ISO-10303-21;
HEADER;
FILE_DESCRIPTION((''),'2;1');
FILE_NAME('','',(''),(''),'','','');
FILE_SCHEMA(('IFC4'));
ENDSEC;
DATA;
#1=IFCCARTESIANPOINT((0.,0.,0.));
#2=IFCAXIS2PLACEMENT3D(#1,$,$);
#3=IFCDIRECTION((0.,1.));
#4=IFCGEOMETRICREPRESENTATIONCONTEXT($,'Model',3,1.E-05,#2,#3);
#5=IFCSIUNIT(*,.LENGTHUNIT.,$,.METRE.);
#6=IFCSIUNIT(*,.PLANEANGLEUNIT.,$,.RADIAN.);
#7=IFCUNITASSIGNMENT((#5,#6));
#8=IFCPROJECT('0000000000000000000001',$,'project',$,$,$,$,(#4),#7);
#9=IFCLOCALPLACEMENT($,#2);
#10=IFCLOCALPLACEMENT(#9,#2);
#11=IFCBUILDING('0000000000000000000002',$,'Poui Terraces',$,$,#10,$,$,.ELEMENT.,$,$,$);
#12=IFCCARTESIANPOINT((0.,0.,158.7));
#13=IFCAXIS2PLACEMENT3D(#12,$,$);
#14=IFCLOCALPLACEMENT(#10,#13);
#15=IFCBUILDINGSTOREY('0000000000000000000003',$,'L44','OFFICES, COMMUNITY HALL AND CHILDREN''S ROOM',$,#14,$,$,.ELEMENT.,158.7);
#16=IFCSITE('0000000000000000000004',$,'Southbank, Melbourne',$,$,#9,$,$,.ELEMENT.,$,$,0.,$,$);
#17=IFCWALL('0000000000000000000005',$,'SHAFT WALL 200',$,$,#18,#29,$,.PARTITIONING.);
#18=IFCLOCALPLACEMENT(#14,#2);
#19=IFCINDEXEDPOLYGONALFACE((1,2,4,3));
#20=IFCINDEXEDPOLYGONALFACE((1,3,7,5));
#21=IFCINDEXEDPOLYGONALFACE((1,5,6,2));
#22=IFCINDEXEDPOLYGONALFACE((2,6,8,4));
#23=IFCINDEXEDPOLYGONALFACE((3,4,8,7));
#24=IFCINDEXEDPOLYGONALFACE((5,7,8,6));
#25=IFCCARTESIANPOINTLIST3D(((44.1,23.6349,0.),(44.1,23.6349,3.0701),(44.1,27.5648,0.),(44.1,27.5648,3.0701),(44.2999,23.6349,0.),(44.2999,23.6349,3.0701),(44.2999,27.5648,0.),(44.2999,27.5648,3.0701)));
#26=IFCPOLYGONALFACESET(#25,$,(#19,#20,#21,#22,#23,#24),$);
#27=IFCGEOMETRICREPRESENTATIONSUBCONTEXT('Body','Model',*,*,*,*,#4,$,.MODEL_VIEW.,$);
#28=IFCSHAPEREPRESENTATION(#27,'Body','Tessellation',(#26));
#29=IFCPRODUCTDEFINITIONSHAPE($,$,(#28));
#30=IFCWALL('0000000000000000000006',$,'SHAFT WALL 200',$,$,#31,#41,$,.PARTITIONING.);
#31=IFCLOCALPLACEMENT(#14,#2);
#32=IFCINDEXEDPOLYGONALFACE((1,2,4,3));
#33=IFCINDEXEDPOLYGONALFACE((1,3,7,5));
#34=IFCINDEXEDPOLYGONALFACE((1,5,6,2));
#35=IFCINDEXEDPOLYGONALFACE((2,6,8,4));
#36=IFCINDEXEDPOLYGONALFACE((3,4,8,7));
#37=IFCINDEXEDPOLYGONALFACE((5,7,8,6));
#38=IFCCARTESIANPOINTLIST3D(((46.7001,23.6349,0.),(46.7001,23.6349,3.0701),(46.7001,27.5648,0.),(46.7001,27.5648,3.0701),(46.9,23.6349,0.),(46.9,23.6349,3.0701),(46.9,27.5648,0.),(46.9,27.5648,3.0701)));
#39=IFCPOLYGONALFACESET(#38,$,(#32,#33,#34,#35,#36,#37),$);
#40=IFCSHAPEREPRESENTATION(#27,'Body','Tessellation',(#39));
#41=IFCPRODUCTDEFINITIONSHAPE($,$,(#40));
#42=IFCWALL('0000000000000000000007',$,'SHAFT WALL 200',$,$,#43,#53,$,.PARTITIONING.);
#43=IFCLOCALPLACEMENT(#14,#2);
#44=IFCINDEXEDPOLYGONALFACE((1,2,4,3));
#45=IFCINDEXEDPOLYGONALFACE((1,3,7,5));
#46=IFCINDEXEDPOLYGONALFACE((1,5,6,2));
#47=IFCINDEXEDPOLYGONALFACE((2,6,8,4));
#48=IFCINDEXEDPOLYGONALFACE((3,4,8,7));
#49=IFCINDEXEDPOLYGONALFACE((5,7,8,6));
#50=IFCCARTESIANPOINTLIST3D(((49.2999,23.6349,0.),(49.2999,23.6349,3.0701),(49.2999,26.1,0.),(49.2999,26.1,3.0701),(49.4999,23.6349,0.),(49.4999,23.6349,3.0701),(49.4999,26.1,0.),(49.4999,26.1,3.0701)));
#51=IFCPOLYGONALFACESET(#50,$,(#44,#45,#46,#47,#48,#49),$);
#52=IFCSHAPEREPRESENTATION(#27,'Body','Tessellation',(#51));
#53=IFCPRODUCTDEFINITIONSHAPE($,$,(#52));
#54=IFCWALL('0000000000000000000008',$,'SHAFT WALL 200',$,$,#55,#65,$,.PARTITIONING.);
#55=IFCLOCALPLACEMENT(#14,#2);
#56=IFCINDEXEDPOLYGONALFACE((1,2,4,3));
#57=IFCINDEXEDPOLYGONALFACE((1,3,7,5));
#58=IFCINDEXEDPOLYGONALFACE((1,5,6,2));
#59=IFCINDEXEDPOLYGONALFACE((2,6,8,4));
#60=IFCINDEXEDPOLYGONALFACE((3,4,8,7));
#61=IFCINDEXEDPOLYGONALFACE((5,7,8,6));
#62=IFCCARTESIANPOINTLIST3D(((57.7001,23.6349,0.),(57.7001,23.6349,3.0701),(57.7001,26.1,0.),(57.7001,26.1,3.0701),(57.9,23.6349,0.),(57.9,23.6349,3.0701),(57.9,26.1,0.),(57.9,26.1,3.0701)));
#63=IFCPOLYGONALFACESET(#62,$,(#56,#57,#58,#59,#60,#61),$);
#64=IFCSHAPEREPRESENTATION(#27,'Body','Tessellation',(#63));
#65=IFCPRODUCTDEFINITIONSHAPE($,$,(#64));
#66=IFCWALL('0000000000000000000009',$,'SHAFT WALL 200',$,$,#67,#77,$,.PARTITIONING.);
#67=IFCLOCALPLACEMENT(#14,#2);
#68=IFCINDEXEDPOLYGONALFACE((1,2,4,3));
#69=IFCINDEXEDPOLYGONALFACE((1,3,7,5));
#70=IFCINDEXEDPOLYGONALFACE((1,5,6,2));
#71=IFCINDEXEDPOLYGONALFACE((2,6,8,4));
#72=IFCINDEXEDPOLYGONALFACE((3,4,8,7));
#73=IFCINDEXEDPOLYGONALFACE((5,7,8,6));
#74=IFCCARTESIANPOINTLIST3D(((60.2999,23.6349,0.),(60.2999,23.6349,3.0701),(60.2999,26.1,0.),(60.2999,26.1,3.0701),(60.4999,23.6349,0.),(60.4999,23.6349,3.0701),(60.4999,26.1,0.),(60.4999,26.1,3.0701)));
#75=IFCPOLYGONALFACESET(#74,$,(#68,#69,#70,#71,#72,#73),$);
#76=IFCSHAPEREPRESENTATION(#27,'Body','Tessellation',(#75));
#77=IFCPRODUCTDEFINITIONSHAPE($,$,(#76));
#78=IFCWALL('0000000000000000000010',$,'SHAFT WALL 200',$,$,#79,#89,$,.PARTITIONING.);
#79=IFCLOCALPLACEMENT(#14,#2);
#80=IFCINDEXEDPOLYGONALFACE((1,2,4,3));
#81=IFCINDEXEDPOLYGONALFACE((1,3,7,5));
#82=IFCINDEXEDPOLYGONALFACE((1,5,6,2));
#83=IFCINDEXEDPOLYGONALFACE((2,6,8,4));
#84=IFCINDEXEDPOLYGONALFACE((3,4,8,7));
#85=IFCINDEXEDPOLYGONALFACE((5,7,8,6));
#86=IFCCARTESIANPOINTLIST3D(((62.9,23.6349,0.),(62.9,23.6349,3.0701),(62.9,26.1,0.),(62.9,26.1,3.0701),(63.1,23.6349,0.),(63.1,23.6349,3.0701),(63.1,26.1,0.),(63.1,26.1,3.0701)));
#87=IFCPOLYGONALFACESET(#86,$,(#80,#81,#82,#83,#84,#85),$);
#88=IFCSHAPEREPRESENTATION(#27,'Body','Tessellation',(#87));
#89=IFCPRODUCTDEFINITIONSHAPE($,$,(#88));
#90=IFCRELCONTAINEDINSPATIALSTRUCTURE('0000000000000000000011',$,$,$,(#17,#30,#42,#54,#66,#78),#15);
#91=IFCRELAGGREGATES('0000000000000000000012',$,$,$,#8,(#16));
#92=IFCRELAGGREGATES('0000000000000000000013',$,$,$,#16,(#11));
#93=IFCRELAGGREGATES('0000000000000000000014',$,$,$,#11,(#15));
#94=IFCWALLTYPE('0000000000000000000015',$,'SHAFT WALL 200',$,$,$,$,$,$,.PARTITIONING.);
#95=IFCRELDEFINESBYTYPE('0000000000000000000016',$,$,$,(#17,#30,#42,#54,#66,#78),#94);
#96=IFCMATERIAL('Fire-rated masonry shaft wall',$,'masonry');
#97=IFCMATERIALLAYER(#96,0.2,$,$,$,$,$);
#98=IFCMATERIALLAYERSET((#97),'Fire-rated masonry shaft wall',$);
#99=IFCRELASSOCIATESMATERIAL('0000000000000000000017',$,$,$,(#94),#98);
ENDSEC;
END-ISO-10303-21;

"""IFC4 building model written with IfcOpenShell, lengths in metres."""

from ifc_helpers import new_model, si_unit, direction, frame, frame_2d, origin, place, context, subcontext, project, spatial, rectangle, extrude, material, layer, layer_set, type_object, element, save


model = new_model("IFC4")

# Units and contexts
model_context = context("Model", 3, precision=1e-05, world=origin(), true_north=direction((0.0, 1.0)))
body_context = subcontext(model_context, "Body", "Model", "MODEL_VIEW")
ifc_project = project(units=[si_unit("LENGTHUNIT", "METRE"), si_unit("PLANEANGLEUNIT", "RADIAN")], contexts=[model_context])

# Site, building, storey
site_placement = place(None, origin())
site = spatial("IfcSite", under=ifc_project, at=site_placement, Name="Southbank, Melbourne", CompositionType="ELEMENT", RefElevation=0.0)
building_placement = place(site_placement, origin())
building = spatial("IfcBuilding", under=site, at=building_placement, Name="Poui Terraces", CompositionType="ELEMENT")
storey_placement = place(building_placement, frame((0.0, 0.0, 158.7)))
storey = spatial("IfcBuildingStorey", under=building, at=storey_placement, Name="L44", Description="OFFICES, COMMUNITY HALL AND CHILDREN'S ROOM", CompositionType="ELEMENT", Elevation=158.7)

# Walls
ifc_material_1 = material(Name="Fire-rated masonry shaft wall", Category="masonry")
ifc_layer_1 = layer(ifc_material_1, 0.2)
ifc_layer_set_1 = layer_set([ifc_layer_1], Name="Fire-rated masonry shaft wall")
wall_type_1 = type_object("IfcWallType", Name="SHAFT WALL 200", PredefinedType="PARTITIONING", material=ifc_layer_set_1)
for number, where, z_axis, x_axis, name in (
    (1, (44.2, 23.635, 0.0), (0.0, 0.0, 1.0), (0.0, 1.0, 0.0), "SHAFT WALL 200"),
    (2, (46.8, 23.635, 0.0), (0.0, 0.0, 1.0), (0.0, 1.0, 0.0), "SHAFT WALL 200"),
):
    element("IfcWall", number, at=place(storey_placement, frame(where, z_axis=z_axis, x_axis=x_axis)), inside=storey, type_object=wall_type_1, Name=name, PredefinedType="PARTITIONING", context=body_context, shape_type="SweptSolid", body=[
        extrude(rectangle(XDim=3.9299, YDim=0.2, at=frame_2d((1.9648, 0.0))), origin(), (0.0, 0.0, 1.0), 3.0701),
    ])
for number, where, z_axis, x_axis, name in (
    (3, (49.3999, 23.635, 0.0), (0.0, 0.0, 1.0), (0.0, 1.0, 0.0), "SHAFT WALL 200"),
    (4, (57.8, 23.635, 0.0), (0.0, 0.0, 1.0), (0.0, 1.0, 0.0), "SHAFT WALL 200"),
):
    element("IfcWall", number, at=place(storey_placement, frame(where, z_axis=z_axis, x_axis=x_axis)), inside=storey, type_object=wall_type_1, Name=name, PredefinedType="PARTITIONING", context=body_context, shape_type="SweptSolid", body=[
        extrude(rectangle(XDim=2.4651, YDim=0.2, at=frame_2d((1.2324, 0.0))), origin(), (0.0, 0.0, 1.0), 3.0701),
    ])
for number, where, z_axis, x_axis, name in (
    (5, (60.3999, 23.635, 0.0), (0.0, 0.0, 1.0), (0.0, 1.0, 0.0), "SHAFT WALL 200"),
    (6, (63.0, 23.635, 0.0), (0.0, 0.0, 1.0), (0.0, 1.0, 0.0), "SHAFT WALL 200"),
):
    element("IfcWall", number, at=place(storey_placement, frame(where, z_axis=z_axis, x_axis=x_axis)), inside=storey, type_object=wall_type_1, Name=name, PredefinedType="PARTITIONING", context=body_context, shape_type="SweptSolid", body=[
        extrude(rectangle(XDim=2.4651, YDim=0.2, at=frame_2d((1.2324, 0.0))), origin(), (0.0, 0.0, 1.0), 3.0701),
    ])

save(model, "model.ifc")
